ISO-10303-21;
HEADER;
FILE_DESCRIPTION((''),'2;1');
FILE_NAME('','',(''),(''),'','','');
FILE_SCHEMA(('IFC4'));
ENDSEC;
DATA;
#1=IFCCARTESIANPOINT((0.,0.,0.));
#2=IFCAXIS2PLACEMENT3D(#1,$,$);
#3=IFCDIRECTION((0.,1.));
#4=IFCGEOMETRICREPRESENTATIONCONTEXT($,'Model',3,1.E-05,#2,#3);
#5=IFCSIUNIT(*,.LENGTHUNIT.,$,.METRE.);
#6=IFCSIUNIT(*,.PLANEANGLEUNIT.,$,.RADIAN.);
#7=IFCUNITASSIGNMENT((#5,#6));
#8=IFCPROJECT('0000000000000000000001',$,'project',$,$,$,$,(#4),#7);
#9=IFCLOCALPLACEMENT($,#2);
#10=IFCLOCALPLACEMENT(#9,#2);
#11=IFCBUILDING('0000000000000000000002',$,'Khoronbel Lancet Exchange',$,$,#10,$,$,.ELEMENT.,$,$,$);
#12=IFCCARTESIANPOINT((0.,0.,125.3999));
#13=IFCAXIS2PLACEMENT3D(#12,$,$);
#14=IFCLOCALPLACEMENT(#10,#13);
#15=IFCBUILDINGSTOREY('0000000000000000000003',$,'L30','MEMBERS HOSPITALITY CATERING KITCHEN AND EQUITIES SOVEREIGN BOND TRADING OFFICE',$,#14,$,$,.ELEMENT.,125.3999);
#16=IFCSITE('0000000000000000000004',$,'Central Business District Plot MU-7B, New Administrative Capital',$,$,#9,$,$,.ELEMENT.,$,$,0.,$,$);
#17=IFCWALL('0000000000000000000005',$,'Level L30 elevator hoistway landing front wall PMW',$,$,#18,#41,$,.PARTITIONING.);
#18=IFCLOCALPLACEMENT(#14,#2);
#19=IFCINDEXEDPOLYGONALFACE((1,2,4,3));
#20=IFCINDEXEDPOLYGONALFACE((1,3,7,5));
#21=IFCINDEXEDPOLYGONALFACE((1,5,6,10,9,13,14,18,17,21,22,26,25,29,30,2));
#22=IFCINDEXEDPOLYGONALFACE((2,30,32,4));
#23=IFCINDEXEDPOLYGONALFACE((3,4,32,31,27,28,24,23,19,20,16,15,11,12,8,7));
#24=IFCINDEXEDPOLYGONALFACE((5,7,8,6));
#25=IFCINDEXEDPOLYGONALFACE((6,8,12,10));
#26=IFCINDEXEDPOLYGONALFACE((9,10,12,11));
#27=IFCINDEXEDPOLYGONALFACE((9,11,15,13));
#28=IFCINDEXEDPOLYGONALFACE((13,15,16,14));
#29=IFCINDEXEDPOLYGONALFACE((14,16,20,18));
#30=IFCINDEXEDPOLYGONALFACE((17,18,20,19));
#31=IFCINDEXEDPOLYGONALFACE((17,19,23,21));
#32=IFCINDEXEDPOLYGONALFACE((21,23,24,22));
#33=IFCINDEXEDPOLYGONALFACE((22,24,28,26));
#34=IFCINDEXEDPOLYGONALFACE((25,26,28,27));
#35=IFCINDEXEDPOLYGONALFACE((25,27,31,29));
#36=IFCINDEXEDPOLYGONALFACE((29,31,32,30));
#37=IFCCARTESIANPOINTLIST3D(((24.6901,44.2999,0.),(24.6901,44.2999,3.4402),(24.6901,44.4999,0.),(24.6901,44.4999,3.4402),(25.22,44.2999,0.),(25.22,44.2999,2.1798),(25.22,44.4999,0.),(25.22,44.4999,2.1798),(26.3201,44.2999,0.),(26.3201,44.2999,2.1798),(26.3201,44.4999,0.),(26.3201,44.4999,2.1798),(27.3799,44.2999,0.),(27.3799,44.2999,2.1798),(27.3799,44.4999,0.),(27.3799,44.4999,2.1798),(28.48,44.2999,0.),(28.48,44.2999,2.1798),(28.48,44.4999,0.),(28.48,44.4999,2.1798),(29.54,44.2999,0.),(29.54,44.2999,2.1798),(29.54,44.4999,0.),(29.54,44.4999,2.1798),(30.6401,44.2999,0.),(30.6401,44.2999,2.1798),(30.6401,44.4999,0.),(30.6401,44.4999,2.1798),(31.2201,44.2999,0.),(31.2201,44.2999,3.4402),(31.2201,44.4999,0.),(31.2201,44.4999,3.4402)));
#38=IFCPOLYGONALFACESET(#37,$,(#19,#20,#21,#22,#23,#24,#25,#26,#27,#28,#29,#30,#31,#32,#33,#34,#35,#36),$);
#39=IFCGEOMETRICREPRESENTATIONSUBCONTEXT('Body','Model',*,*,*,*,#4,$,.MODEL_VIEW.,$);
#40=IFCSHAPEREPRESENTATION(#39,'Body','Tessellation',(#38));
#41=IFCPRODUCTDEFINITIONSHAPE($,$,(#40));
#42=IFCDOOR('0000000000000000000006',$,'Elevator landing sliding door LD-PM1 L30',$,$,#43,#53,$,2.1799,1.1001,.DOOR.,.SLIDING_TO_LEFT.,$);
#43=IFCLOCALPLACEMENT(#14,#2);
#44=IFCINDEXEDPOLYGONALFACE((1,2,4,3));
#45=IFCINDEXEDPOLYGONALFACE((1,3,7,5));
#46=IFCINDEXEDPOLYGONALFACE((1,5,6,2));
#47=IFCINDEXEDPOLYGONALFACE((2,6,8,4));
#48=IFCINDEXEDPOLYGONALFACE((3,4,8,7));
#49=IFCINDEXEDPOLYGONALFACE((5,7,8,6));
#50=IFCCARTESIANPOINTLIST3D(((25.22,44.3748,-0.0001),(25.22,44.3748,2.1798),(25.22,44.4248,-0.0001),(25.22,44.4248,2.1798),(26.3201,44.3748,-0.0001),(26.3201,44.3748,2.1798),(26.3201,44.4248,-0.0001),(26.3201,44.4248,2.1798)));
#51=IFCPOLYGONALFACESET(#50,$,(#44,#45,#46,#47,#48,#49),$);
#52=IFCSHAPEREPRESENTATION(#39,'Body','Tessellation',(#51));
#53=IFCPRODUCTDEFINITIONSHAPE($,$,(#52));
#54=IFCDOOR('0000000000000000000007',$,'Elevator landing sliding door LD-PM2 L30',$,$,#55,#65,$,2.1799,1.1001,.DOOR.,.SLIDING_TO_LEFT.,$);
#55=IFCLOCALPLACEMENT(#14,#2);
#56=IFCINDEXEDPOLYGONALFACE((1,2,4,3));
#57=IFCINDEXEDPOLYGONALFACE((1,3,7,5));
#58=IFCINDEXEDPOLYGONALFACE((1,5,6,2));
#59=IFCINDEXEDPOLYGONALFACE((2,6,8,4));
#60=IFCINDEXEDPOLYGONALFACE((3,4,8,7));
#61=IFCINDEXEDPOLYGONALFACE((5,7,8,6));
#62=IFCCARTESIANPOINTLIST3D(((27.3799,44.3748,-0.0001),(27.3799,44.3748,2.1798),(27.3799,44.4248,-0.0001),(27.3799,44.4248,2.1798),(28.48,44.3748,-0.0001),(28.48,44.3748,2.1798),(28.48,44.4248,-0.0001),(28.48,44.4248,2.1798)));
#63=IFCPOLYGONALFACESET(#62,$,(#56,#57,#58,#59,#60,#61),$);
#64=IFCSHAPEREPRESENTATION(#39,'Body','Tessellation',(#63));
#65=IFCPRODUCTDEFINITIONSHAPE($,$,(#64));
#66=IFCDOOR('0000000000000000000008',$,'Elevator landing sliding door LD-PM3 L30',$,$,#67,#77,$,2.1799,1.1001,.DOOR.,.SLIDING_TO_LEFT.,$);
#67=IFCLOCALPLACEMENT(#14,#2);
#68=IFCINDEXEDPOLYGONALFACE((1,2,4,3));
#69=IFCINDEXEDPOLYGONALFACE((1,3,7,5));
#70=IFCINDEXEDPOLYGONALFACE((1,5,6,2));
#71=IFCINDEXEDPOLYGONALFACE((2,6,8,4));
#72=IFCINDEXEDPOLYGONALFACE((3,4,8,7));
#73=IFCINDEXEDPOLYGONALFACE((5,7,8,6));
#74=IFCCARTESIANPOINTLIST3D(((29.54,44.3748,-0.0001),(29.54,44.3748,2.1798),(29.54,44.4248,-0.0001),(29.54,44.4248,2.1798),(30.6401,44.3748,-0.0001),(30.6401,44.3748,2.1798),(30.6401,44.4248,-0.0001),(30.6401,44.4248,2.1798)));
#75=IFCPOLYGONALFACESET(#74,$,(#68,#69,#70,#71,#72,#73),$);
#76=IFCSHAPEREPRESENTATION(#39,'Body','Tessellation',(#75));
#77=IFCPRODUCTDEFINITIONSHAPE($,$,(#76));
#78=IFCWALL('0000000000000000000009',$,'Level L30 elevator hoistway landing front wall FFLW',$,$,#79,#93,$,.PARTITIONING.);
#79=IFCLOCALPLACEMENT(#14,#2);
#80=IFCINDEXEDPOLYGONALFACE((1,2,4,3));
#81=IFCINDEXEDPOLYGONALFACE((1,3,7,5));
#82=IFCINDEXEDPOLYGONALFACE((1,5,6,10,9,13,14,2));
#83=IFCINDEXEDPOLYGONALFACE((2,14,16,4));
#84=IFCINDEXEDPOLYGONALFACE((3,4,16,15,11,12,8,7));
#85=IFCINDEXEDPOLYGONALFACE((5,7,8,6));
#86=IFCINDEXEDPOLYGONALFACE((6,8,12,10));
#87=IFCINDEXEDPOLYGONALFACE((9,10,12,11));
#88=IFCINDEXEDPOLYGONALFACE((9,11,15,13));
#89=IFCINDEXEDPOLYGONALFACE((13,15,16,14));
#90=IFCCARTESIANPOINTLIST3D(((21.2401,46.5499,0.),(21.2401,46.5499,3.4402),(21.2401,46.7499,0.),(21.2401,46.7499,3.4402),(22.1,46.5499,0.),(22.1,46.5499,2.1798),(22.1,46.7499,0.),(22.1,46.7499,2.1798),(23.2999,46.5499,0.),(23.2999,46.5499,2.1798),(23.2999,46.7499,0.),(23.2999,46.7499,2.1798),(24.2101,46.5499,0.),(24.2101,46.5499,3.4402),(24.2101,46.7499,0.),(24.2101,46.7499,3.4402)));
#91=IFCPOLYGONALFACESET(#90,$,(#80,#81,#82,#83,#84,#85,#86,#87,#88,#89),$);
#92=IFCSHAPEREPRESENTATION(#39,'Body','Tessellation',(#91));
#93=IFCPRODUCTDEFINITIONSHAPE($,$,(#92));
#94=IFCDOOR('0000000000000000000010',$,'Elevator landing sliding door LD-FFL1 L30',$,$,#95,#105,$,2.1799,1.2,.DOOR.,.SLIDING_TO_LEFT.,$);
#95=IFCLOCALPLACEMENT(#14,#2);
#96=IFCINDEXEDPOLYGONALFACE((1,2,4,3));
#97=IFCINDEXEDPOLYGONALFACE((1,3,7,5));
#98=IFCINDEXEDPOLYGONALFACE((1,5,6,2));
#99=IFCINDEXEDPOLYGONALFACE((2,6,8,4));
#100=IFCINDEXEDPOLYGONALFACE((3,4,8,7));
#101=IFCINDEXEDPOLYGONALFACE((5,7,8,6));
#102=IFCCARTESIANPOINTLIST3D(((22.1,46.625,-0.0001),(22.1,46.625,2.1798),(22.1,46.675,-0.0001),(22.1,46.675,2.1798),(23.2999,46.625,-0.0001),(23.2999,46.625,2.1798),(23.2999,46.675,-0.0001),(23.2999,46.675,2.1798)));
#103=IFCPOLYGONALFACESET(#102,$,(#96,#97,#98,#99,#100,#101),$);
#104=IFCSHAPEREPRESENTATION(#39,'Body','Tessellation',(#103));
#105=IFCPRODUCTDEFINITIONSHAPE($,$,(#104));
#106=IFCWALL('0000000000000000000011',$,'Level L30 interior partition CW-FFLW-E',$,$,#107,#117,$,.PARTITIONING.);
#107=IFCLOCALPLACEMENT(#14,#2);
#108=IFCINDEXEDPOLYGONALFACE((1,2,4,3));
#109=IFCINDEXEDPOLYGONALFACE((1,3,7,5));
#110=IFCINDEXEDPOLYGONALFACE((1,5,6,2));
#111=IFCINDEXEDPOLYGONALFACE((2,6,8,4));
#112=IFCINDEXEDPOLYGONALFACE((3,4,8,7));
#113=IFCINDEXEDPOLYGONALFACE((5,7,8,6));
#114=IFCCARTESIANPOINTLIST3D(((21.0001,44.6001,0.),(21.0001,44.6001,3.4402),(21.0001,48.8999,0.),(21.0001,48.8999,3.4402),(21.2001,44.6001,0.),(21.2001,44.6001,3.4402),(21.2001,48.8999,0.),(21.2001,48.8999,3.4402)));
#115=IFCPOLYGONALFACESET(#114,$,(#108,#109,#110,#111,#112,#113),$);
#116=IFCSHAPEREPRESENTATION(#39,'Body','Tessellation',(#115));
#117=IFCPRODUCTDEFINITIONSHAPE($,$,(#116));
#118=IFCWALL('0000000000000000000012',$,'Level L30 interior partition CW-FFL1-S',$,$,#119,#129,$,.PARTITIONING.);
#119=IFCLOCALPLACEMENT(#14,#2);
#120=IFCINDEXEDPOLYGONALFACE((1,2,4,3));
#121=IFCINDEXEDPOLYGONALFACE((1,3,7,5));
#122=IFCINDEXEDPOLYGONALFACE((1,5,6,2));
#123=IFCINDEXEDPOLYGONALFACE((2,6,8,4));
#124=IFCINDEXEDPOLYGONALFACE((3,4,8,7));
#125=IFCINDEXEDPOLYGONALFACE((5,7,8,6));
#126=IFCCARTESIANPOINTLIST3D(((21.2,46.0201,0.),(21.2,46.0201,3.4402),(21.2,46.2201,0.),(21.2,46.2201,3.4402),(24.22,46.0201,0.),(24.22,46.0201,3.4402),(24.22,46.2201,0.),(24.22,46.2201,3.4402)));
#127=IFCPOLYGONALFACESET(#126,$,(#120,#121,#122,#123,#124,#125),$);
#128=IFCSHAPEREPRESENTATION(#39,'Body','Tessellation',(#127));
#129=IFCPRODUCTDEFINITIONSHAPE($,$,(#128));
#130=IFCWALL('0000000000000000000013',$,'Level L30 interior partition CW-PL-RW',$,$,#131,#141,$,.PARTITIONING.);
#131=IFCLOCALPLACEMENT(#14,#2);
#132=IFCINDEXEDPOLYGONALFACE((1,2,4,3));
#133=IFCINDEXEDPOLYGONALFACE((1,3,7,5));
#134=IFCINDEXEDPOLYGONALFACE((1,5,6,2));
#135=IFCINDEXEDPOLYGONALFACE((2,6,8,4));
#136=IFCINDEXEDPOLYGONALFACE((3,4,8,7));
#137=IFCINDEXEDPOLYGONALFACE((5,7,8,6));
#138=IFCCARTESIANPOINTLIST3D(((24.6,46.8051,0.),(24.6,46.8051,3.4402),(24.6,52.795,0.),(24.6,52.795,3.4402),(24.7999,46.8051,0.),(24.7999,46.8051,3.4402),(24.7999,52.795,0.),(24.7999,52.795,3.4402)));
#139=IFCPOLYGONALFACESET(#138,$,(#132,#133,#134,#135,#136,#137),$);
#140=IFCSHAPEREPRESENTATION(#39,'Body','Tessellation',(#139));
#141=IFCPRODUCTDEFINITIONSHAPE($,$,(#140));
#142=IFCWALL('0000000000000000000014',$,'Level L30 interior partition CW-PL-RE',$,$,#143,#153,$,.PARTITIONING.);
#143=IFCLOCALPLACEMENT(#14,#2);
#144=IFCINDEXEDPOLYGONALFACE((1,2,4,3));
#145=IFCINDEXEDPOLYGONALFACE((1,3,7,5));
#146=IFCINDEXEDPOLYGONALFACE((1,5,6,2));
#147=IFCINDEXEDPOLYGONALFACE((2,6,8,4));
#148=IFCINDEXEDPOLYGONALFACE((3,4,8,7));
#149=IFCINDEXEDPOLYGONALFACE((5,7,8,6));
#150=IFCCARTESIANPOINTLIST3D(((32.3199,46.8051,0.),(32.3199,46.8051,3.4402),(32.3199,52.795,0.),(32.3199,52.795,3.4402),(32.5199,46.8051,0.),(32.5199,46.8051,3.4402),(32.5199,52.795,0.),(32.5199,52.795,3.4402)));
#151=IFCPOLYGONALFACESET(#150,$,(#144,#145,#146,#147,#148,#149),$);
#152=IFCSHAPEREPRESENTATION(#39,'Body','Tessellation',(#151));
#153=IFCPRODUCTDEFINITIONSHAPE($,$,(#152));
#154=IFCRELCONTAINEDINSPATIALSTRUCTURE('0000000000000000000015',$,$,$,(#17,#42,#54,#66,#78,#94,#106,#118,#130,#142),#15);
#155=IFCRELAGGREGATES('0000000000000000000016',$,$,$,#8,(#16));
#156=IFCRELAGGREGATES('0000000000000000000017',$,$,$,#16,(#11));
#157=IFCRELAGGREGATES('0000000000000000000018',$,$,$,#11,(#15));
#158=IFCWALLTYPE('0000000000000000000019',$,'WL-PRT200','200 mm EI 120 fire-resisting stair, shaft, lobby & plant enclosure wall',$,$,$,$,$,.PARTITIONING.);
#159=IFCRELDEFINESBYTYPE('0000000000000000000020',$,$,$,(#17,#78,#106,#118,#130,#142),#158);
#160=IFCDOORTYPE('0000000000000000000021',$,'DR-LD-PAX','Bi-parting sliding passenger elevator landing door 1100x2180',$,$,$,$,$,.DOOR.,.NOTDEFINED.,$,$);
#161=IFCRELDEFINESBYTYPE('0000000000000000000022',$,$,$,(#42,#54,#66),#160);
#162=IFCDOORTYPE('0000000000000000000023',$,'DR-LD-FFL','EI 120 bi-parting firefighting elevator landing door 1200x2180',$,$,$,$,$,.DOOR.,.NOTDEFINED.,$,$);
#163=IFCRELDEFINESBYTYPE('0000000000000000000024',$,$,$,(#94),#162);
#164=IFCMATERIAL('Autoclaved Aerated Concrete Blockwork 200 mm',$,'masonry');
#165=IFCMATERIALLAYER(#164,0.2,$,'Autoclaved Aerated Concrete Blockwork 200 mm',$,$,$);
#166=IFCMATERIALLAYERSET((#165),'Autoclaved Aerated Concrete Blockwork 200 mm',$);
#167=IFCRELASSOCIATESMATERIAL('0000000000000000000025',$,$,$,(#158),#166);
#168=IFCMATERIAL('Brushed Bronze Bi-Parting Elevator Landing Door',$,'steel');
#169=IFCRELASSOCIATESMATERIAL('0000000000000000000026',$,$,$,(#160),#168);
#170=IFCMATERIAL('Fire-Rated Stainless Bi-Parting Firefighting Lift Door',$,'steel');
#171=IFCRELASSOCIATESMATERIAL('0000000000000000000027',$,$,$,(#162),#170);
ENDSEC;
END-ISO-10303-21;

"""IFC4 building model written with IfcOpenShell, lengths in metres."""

from ifc_helpers import new_model, si_unit, direction, frame, frame_2d, origin, place, context, subcontext, project, spatial, rectangle, extrude, material, layer, layer_set, type_object, element, fill, save


model = new_model("IFC4")

# Units and contexts
model_context = context("Model", 3, precision=1e-05, world=origin(), true_north=direction((0.0, 1.0)))
body_context = subcontext(model_context, "Body", "Model", "MODEL_VIEW")
ifc_project = project(units=[si_unit("LENGTHUNIT", "METRE"), si_unit("PLANEANGLEUNIT", "RADIAN")], contexts=[model_context])

# Site, building, storey
site_placement = place(None, origin())
site = spatial("IfcSite", under=ifc_project, at=site_placement, Name="Central Business District Plot MU-7B, New Administrative Capital", CompositionType="ELEMENT", RefElevation=0.0)
building_placement = place(site_placement, origin())
building = spatial("IfcBuilding", under=site, at=building_placement, Name="Khoronbel Lancet Exchange", CompositionType="ELEMENT")
storey_placement = place(building_placement, frame((0.0, 0.0, 125.3999)))
storey = spatial("IfcBuildingStorey", under=building, at=storey_placement, Name="L30", Description="MEMBERS HOSPITALITY CATERING KITCHEN AND EQUITIES SOVEREIGN BOND TRADING OFFICE", CompositionType="ELEMENT", Elevation=125.3999)

# Wall, openings, doors
ifc_material_1 = material(Name="Autoclaved Aerated Concrete Blockwork 200 mm", Category="masonry")
ifc_layer_1 = layer(ifc_material_1, 0.2, Name="Autoclaved Aerated Concrete Blockwork 200 mm")
ifc_layer_set_1 = layer_set([ifc_layer_1], Name="Autoclaved Aerated Concrete Blockwork 200 mm")
wall_type_1 = type_object("IfcWallType", Name="WL-PRT200", Description="200 mm EI 120 fire-resisting stair, shaft, lobby & plant enclosure wall", PredefinedType="PARTITIONING", material=ifc_layer_set_1)
wall_1_placement = place(storey_placement, frame((24.6899, 44.3999, 0.0), z_axis=(0.0, 0.0, 1.0), x_axis=(1.0, 0.0, 0.0)))
wall_1 = element("IfcWall", 1, at=wall_1_placement, inside=storey, type_object=wall_type_1, Name="Level L30 elevator hoistway landing front wall PMW", PredefinedType="PARTITIONING", context=body_context, shape_type="SweptSolid", body=[
    extrude(rectangle(XDim=6.53, YDim=0.2, at=frame_2d((3.2651, 0.0))), origin(), (0.0, 0.0, 1.0), 3.4402),
])
opening_1_placement = place(wall_1_placement, frame((0.53, 0.0, 0.0)))
opening_1 = element("IfcOpeningElement", 2, at=opening_1_placement, cuts=wall_1, PredefinedType="OPENING", context=body_context, shape_type="SweptSolid", body=[
    extrude(rectangle(XDim=1.1001, YDim=2.1799, at=frame_2d((0.55, 1.0898))), frame((0.0, 0.1099, 0.0), z_axis=(0.0, -1.0, 0.0), x_axis=(1.0, 0.0, 0.0)), (0.0, 0.0, 1.0), 0.22),
])
opening_2_placement = place(wall_1_placement, frame((2.6899, 0.0, 0.0)))
opening_2 = element("IfcOpeningElement", 3, at=opening_2_placement, cuts=wall_1, PredefinedType="OPENING", context=body_context, shape_type="SweptSolid", body=[
    extrude(rectangle(XDim=1.1001, YDim=2.1799, at=frame_2d((0.55, 1.0898))), frame((0.0, 0.1099, 0.0), z_axis=(0.0, -1.0, 0.0), x_axis=(1.0, 0.0, 0.0)), (0.0, 0.0, 1.0), 0.22),
])
opening_3_placement = place(wall_1_placement, frame((4.8501, 0.0, 0.0)))
opening_3 = element("IfcOpeningElement", 4, at=opening_3_placement, cuts=wall_1, PredefinedType="OPENING", context=body_context, shape_type="SweptSolid", body=[
    extrude(rectangle(XDim=1.1001, YDim=2.1799, at=frame_2d((0.55, 1.0898))), frame((0.0, 0.1099, 0.0), z_axis=(0.0, -1.0, 0.0), x_axis=(1.0, 0.0, 0.0)), (0.0, 0.0, 1.0), 0.22),
])
ifc_material_2 = material(Name="Brushed Bronze Bi-Parting Elevator Landing Door", Category="steel")
door_type_1 = type_object("IfcDoorType", Name="DR-LD-PAX", Description="Bi-parting sliding passenger elevator landing door 1100x2180", OperationType="NOTDEFINED", PredefinedType="DOOR", material=ifc_material_2)
door_1_placement = place(opening_1_placement, origin())
door_1 = element("IfcDoor", 5, at=door_1_placement, inside=storey, type_object=door_type_1, Name="Elevator landing sliding door LD-PM1 L30", OperationType="SLIDING_TO_LEFT", OverallHeight=2.1799, OverallWidth=1.1001, PredefinedType="DOOR", context=body_context, shape_type="SweptSolid", body=[
    extrude(rectangle(XDim=1.1001, YDim=2.1799, at=frame_2d((0.55, 1.0898))), frame((0.0, 0.0249, 0.0), z_axis=(0.0, -1.0, 0.0), x_axis=(1.0, 0.0, 0.0)), (0.0, 0.0, 1.0), 0.05),
])
fill(opening_1, door_1)
door_2_placement = place(opening_2_placement, origin())
door_2 = element("IfcDoor", 6, at=door_2_placement, inside=storey, type_object=door_type_1, Name="Elevator landing sliding door LD-PM2 L30", OperationType="SLIDING_TO_LEFT", OverallHeight=2.1799, OverallWidth=1.1001, PredefinedType="DOOR", context=body_context, shape_type="SweptSolid", body=[
    extrude(rectangle(XDim=1.1001, YDim=2.1799, at=frame_2d((0.55, 1.0898))), frame((0.0, 0.0249, 0.0), z_axis=(0.0, -1.0, 0.0), x_axis=(1.0, 0.0, 0.0)), (0.0, 0.0, 1.0), 0.05),
])
fill(opening_2, door_2)
door_3_placement = place(opening_3_placement, origin())
door_3 = element("IfcDoor", 7, at=door_3_placement, inside=storey, type_object=door_type_1, Name="Elevator landing sliding door LD-PM3 L30", OperationType="SLIDING_TO_LEFT", OverallHeight=2.1799, OverallWidth=1.1001, PredefinedType="DOOR", context=body_context, shape_type="SweptSolid", body=[
    extrude(rectangle(XDim=1.1001, YDim=2.1799, at=frame_2d((0.55, 1.0898))), frame((0.0, 0.0249, 0.0), z_axis=(0.0, -1.0, 0.0), x_axis=(1.0, 0.0, 0.0)), (0.0, 0.0, 1.0), 0.05),
])
fill(opening_3, door_3)

# Wall, opening, door
wall_2_placement = place(storey_placement, frame((24.21, 46.6499, 0.0), z_axis=(0.0, 0.0, 1.0), x_axis=(-1.0, 0.0, 0.0)))
wall_2 = element("IfcWall", 8, at=wall_2_placement, inside=storey, type_object=wall_type_1, Name="Level L30 elevator hoistway landing front wall FFLW", PredefinedType="PARTITIONING", context=body_context, shape_type="SweptSolid", body=[
    extrude(rectangle(XDim=2.97, YDim=0.2, at=frame_2d((1.4849, 0.0))), origin(), (0.0, 0.0, 1.0), 3.4402),
])
opening_4_placement = place(wall_2_placement, frame((0.9099, 0.0, 0.0)))
opening_4 = element("IfcOpeningElement", 9, at=opening_4_placement, cuts=wall_2, PredefinedType="OPENING", context=body_context, shape_type="SweptSolid", body=[
    extrude(rectangle(XDim=1.2, YDim=2.1799, at=frame_2d((0.6001, 1.0898))), frame((0.0, 0.1099, 0.0), z_axis=(0.0, -1.0, 0.0), x_axis=(1.0, 0.0, 0.0)), (0.0, 0.0, 1.0), 0.22),
])
ifc_material_3 = material(Name="Fire-Rated Stainless Bi-Parting Firefighting Lift Door", Category="steel")
door_type_2 = type_object("IfcDoorType", Name="DR-LD-FFL", Description="EI 120 bi-parting firefighting elevator landing door 1200x2180", OperationType="NOTDEFINED", PredefinedType="DOOR", material=ifc_material_3)
door_4_placement = place(opening_4_placement, origin())
door_4 = element("IfcDoor", 10, at=door_4_placement, inside=storey, type_object=door_type_2, Name="Elevator landing sliding door LD-FFL1 L30", OperationType="SLIDING_TO_LEFT", OverallHeight=2.1799, OverallWidth=1.2, PredefinedType="DOOR", context=body_context, shape_type="SweptSolid", body=[
    extrude(rectangle(XDim=1.2, YDim=2.1799, at=frame_2d((0.6001, 1.0898))), frame((0.0, 0.0249, 0.0), z_axis=(0.0, -1.0, 0.0), x_axis=(1.0, 0.0, 0.0)), (0.0, 0.0, 1.0), 0.05),
])
fill(opening_4, door_4)

# Walls
wall_3_placement = place(storey_placement, frame((21.1001, 44.6001, 0.0), z_axis=(0.0, 0.0, 1.0), x_axis=(0.0, 1.0, 0.0)))
element("IfcWall", 11, at=wall_3_placement, inside=storey, type_object=wall_type_1, Name="Level L30 interior partition CW-FFLW-E", PredefinedType="PARTITIONING", context=body_context, shape_type="SweptSolid", body=[
    extrude(rectangle(XDim=4.2998, YDim=0.2, at=frame_2d((2.1499, 0.0))), origin(), (0.0, 0.0, 1.0), 3.4402),
])
wall_4_placement = place(storey_placement, frame((21.2, 46.1201, 0.0), z_axis=(0.0, 0.0, 1.0), x_axis=(1.0, 0.0, 0.0)))
element("IfcWall", 12, at=wall_4_placement, inside=storey, type_object=wall_type_1, Name="Level L30 interior partition CW-FFL1-S", PredefinedType="PARTITIONING", context=body_context, shape_type="SweptSolid", body=[
    extrude(rectangle(XDim=3.02, YDim=0.2, at=frame_2d((1.51, 0.0))), origin(), (0.0, 0.0, 1.0), 3.4402),
])
for number, where, z_axis, x_axis, name in (
    (13, (24.7, 46.8049, 0.0), (0.0, 0.0, 1.0), (0.0, 1.0, 0.0), "Level L30 interior partition CW-PL-RW"),
    (14, (32.4199, 46.8049, 0.0), (0.0, 0.0, 1.0), (0.0, 1.0, 0.0), "Level L30 interior partition CW-PL-RE"),
):
    element("IfcWall", number, at=place(storey_placement, frame(where, z_axis=z_axis, x_axis=x_axis)), inside=storey, type_object=wall_type_1, Name=name, PredefinedType="PARTITIONING", context=body_context, shape_type="SweptSolid", body=[
        extrude(rectangle(XDim=5.99, YDim=0.2, at=frame_2d((2.9951, 0.0))), origin(), (0.0, 0.0, 1.0), 3.4402),
    ])

save(model, "model.ifc")
